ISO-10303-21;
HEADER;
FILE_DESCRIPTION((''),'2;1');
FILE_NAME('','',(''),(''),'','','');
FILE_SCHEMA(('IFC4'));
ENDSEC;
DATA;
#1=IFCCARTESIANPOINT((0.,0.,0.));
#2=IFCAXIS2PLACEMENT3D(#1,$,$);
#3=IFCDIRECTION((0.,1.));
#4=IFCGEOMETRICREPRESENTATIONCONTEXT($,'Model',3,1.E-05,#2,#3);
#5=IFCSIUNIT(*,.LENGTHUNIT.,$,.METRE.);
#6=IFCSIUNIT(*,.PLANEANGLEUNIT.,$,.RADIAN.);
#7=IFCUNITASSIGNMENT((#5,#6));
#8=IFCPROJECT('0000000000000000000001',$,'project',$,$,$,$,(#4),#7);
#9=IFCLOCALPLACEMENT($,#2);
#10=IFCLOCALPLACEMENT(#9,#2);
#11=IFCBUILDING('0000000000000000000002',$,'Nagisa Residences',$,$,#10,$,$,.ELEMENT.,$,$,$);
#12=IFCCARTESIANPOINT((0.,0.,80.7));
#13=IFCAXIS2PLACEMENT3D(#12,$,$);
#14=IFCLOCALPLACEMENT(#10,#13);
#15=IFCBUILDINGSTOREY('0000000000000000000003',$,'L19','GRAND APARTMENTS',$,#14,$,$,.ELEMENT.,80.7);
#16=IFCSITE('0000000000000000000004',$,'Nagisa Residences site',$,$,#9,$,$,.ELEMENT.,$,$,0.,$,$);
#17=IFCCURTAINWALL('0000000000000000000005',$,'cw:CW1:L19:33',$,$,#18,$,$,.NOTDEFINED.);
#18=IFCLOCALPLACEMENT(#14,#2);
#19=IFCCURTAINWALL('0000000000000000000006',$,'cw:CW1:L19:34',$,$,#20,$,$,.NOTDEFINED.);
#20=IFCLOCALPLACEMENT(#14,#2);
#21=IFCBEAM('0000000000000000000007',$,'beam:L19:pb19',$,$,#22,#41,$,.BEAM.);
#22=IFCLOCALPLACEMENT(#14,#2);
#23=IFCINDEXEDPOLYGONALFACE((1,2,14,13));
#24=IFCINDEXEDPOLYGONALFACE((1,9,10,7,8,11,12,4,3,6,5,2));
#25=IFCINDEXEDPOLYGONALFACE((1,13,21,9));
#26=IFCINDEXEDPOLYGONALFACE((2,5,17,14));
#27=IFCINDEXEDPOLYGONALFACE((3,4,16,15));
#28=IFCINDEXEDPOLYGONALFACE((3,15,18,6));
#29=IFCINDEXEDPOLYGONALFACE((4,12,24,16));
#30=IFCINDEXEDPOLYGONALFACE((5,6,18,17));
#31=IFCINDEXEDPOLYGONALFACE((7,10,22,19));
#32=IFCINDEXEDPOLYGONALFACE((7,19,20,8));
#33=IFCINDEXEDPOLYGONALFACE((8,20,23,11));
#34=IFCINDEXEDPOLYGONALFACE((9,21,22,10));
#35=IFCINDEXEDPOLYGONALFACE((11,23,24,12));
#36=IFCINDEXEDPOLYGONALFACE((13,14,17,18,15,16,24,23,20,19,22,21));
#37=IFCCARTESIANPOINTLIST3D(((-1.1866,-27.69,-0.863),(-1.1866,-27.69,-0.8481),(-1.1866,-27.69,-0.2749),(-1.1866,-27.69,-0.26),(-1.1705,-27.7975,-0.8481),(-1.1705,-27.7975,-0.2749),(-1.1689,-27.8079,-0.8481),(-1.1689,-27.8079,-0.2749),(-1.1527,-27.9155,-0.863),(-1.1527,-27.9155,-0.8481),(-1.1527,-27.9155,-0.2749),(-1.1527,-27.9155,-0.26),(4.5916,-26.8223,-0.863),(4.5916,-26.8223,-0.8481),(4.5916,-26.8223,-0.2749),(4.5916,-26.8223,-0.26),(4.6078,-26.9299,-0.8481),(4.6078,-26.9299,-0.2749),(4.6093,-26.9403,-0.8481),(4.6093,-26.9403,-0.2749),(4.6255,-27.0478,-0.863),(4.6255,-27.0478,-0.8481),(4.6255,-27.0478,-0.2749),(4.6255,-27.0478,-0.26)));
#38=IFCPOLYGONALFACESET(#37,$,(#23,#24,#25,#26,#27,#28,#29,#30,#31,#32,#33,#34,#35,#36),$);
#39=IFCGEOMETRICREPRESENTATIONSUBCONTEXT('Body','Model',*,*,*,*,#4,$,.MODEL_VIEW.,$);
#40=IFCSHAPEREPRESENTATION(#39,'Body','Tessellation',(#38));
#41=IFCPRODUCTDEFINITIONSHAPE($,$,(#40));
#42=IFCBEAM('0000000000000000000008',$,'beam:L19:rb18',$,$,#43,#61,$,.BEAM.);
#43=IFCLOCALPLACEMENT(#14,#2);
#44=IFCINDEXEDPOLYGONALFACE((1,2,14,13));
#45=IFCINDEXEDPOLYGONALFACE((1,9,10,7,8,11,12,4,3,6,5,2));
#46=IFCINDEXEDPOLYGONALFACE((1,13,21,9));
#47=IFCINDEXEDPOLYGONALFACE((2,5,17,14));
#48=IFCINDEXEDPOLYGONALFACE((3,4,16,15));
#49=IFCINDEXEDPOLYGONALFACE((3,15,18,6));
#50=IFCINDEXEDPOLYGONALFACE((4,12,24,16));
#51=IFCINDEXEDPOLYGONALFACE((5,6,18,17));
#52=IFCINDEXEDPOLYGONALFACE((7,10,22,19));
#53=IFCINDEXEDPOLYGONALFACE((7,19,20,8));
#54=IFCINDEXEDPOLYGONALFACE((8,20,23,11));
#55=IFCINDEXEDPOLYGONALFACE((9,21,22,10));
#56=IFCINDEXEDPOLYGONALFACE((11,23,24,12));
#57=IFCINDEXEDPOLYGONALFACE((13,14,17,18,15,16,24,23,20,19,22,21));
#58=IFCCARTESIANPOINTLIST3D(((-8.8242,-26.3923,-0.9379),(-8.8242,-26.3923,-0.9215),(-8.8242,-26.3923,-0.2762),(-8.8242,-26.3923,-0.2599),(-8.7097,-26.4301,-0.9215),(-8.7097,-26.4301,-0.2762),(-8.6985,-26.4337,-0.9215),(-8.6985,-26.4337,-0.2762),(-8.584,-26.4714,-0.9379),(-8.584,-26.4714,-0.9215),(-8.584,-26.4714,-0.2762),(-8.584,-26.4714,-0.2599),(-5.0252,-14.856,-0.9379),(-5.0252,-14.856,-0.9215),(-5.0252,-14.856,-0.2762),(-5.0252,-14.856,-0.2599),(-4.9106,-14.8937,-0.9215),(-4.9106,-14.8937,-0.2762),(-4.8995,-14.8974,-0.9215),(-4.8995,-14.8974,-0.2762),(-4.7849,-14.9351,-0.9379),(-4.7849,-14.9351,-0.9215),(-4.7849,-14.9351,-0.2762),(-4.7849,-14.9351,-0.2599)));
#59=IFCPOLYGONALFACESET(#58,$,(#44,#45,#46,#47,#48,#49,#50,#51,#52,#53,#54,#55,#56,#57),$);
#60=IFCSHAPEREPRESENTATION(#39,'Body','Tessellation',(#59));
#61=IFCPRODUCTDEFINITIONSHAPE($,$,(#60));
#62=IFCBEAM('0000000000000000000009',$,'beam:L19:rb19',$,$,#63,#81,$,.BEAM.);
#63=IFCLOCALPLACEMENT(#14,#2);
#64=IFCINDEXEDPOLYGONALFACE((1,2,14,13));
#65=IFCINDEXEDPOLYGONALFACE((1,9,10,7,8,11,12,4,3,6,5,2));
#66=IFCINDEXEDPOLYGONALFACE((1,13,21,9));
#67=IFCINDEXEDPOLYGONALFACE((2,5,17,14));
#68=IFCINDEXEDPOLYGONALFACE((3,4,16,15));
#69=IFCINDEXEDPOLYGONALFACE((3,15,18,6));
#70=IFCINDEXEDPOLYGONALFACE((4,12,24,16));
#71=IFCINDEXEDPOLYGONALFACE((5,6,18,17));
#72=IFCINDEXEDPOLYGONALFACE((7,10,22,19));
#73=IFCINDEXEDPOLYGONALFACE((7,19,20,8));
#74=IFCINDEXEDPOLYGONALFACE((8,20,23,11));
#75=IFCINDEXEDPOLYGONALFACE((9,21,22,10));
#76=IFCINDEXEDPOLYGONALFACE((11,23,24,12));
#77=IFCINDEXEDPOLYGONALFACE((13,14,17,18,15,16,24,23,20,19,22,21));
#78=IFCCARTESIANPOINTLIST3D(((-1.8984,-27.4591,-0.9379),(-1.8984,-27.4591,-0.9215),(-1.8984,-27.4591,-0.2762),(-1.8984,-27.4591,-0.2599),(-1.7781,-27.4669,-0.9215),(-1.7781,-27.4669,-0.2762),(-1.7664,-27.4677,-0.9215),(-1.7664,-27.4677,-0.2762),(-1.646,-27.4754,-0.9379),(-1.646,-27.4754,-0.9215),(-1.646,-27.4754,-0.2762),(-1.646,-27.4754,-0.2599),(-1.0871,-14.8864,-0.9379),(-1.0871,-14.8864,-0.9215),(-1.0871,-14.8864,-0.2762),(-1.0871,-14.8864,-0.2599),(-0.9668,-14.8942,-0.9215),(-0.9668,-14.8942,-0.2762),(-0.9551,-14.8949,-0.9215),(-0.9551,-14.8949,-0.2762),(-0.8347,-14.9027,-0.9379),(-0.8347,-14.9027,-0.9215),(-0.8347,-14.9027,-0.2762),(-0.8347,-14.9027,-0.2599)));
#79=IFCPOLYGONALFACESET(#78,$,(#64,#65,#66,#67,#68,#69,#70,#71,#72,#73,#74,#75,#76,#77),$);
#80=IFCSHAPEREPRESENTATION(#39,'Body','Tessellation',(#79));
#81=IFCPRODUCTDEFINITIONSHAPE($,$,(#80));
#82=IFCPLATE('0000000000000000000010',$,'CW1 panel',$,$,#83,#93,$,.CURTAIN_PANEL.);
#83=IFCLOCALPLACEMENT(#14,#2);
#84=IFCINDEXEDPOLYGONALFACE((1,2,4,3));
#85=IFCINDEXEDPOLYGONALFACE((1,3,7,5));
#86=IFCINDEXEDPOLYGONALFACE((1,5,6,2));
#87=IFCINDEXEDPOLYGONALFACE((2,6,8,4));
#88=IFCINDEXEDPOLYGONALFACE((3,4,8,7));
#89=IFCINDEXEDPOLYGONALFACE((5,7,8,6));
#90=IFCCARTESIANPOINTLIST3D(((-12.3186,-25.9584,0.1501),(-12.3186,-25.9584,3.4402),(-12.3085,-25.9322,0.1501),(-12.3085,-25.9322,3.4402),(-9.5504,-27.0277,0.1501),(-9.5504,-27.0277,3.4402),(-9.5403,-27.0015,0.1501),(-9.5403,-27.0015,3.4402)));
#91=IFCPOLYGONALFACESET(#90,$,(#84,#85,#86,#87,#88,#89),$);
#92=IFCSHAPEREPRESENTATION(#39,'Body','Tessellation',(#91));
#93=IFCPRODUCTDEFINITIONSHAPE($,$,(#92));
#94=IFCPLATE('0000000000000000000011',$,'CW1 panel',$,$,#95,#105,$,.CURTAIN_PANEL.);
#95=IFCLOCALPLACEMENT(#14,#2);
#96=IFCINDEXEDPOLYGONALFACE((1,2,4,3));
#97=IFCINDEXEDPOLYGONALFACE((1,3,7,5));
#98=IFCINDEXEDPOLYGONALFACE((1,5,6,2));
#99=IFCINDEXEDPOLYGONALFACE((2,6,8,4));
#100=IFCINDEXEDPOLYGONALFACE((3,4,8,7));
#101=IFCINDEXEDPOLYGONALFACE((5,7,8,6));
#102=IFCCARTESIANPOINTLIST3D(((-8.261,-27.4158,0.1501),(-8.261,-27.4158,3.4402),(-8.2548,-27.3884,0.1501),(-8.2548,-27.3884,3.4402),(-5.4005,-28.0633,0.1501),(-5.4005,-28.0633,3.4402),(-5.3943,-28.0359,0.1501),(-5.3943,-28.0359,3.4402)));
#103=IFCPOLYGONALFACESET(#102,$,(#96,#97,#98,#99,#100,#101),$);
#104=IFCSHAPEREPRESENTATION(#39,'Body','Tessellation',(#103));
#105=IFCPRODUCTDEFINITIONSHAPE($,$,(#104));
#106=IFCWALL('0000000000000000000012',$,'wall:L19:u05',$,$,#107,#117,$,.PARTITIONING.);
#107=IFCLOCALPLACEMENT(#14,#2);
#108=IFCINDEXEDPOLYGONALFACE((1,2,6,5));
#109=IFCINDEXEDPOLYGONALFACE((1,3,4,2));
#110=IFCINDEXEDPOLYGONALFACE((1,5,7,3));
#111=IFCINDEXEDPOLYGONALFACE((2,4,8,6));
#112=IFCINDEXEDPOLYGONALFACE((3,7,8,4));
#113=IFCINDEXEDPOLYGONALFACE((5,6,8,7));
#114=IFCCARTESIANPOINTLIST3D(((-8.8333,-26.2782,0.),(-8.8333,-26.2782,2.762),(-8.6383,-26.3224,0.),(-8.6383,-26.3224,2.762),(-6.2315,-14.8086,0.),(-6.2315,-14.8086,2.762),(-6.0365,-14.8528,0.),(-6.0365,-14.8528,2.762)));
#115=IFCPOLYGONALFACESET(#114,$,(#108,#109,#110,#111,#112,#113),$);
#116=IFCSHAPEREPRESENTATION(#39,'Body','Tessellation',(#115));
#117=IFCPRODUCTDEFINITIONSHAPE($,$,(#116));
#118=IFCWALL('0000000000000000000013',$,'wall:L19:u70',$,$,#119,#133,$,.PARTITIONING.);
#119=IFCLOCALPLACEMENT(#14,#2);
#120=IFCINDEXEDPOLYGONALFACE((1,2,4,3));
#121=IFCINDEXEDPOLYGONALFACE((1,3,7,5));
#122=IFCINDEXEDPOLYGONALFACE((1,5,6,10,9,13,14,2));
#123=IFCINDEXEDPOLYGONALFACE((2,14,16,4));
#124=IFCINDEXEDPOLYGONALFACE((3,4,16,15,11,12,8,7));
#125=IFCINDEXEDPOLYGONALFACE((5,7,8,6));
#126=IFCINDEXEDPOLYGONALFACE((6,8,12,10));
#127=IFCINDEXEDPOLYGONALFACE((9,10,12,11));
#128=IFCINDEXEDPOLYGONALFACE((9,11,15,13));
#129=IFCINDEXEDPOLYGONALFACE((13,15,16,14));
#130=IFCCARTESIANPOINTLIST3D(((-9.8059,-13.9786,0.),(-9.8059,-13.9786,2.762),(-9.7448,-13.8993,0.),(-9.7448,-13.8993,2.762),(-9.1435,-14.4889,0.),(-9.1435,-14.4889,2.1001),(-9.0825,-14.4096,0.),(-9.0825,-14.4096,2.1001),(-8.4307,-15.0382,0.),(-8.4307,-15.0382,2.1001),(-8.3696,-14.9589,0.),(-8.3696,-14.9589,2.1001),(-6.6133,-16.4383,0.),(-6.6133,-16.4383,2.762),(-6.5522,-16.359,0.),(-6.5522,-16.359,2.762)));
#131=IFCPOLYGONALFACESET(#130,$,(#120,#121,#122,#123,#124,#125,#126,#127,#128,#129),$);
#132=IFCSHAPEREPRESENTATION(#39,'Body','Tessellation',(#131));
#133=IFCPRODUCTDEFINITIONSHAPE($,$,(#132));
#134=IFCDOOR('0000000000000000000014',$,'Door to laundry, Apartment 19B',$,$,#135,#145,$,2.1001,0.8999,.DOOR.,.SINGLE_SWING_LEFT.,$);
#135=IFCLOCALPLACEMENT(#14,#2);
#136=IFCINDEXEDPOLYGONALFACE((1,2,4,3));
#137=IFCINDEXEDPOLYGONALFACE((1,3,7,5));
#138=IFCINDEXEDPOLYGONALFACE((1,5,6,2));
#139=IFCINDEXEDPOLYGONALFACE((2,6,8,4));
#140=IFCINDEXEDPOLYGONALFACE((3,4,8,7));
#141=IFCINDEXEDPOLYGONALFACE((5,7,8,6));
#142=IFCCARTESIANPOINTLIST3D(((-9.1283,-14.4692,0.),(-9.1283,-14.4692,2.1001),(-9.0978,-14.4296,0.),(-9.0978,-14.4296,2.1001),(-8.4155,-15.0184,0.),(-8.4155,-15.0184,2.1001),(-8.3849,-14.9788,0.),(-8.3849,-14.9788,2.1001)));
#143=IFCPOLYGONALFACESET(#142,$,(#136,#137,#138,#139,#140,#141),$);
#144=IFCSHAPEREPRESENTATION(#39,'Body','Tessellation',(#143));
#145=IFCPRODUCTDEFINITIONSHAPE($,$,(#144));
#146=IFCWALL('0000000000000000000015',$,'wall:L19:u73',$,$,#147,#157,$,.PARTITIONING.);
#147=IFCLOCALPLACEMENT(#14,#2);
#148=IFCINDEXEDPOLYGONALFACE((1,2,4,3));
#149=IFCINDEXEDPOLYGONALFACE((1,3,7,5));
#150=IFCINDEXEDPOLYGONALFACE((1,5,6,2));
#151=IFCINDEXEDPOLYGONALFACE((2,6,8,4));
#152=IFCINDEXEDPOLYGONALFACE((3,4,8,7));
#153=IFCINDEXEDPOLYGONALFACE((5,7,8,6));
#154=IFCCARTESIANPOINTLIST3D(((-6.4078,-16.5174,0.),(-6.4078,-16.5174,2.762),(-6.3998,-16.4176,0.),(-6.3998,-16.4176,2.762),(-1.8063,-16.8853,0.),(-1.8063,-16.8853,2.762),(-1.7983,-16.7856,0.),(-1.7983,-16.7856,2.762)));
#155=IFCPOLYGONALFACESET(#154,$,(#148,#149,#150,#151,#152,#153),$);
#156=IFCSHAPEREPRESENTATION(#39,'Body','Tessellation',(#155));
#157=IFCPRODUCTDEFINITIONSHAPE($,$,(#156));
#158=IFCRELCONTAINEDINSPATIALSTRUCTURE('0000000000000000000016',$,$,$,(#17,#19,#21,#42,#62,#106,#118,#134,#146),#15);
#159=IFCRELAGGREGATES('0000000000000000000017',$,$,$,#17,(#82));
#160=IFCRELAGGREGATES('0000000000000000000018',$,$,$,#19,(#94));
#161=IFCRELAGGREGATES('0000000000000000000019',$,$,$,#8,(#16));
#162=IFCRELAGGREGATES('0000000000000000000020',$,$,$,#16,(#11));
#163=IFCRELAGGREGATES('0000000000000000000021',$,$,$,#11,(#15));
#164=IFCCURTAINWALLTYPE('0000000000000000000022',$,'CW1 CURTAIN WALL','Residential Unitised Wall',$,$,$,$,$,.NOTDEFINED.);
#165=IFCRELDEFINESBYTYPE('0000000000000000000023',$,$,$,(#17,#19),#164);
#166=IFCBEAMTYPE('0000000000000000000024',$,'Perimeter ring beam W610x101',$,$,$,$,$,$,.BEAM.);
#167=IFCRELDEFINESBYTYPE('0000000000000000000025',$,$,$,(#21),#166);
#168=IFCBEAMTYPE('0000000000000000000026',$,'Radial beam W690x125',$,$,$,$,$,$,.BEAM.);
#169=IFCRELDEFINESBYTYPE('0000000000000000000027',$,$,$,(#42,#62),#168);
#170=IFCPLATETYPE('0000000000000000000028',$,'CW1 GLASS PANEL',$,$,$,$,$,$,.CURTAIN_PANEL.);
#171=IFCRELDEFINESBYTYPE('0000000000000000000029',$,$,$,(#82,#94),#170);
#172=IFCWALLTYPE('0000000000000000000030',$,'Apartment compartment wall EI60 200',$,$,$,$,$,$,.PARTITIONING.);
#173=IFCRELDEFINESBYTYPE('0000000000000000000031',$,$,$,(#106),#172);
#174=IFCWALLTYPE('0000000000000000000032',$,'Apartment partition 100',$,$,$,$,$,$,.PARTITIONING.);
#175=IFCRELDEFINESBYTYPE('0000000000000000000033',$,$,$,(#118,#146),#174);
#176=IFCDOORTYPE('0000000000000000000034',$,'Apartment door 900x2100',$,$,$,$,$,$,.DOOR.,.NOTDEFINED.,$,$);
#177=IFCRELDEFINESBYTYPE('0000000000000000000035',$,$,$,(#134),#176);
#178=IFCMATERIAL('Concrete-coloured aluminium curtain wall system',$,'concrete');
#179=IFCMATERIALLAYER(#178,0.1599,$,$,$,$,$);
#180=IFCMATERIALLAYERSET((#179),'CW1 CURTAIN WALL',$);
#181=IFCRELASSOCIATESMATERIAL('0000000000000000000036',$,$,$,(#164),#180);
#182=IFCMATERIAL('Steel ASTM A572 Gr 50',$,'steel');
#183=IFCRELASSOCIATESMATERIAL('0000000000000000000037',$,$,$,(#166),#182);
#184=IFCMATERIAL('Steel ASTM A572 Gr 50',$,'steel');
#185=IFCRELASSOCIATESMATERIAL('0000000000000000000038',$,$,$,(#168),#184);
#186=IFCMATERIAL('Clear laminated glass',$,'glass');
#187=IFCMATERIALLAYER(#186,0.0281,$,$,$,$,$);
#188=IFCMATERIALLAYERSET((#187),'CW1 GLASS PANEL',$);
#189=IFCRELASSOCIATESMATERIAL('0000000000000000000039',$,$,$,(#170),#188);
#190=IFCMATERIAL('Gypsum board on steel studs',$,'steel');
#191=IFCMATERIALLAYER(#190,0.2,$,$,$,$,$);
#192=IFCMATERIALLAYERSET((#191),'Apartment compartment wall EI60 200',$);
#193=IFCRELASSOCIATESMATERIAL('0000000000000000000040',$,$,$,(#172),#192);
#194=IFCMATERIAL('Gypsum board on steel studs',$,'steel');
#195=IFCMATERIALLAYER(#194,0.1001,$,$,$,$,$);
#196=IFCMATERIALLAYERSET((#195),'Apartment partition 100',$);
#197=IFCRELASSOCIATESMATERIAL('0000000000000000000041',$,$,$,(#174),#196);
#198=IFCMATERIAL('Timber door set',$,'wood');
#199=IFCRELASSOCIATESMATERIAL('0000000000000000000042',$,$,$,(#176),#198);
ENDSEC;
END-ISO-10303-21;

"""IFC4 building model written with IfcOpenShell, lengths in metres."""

from ifc_helpers import new_model, si_unit, direction, frame, frame_2d, origin, origin_2d, place, context, subcontext, project, spatial, rectangle, i_section, extrude, material, layer, layer_set, material_profile, profile_set, type_object, element, fill, aggregate, save


model = new_model("IFC4")

# Units and contexts
model_context = context("Model", 3, precision=1e-05, world=origin(), true_north=direction((0.0, 1.0)))
body_context = subcontext(model_context, "Body", "Model", "MODEL_VIEW")
ifc_project = project(units=[si_unit("LENGTHUNIT", "METRE"), si_unit("PLANEANGLEUNIT", "RADIAN")], contexts=[model_context])

# Site, building, storey
site_placement = place(None, origin())
site = spatial("IfcSite", under=ifc_project, at=site_placement, Name="Nagisa Residences site", CompositionType="ELEMENT", RefElevation=0.0)
building_placement = place(site_placement, origin())
building = spatial("IfcBuilding", under=site, at=building_placement, Name="Nagisa Residences", CompositionType="ELEMENT")
storey_placement = place(building_placement, frame((0.0, 0.0, 80.7)))
storey = spatial("IfcBuildingStorey", under=building, at=storey_placement, Name="L19", Description="GRAND APARTMENTS", CompositionType="ELEMENT", Elevation=80.7)

# Curtain walls
ifc_material_1 = material(Name="Concrete-coloured aluminium curtain wall system", Category="concrete")
ifc_layer_1 = layer(ifc_material_1, 0.1599)
ifc_layer_set_1 = layer_set([ifc_layer_1], Name="CW1 CURTAIN WALL")
curtain_wall_type = type_object("IfcCurtainWallType", Name="CW1 CURTAIN WALL", Description="Residential Unitised Wall", PredefinedType="NOTDEFINED", material=ifc_layer_set_1)
curtain_wall_1_placement = place(storey_placement, origin())
curtain_wall_1 = element("IfcCurtainWall", 1, at=curtain_wall_1_placement, inside=storey, type_object=curtain_wall_type, Name="cw:CW1:L19:33", PredefinedType="NOTDEFINED")
curtain_wall_2_placement = place(storey_placement, origin())
curtain_wall_2 = element("IfcCurtainWall", 2, at=curtain_wall_2_placement, inside=storey, type_object=curtain_wall_type, Name="cw:CW1:L19:34", PredefinedType="NOTDEFINED")

# Beams
ifc_material_2 = material(Name="Steel ASTM A572 Gr 50", Category="steel")
ifc_material_profile_1 = material_profile(ifc_material_2, i_section(OverallWidth=0.228, OverallDepth=0.603, WebThickness=0.0105, FlangeThickness=0.0149, at=origin_2d()), Name="W610x101")
ifc_profile_set_1 = profile_set([ifc_material_profile_1], Name="Steel ASTM A572 Gr 50")
beam_type_1 = type_object("IfcBeamType", Name="Perimeter ring beam W610x101", PredefinedType="BEAM", material=ifc_profile_set_1)
for number, where, z_axis, x_axis, name in (
    (3, (-1.1697, -27.8027, -0.5615), (0.988913, 0.148496, 0.0), (-0.148496, 0.988913, 0.0), "beam:L19:pb19"),
):
    element("IfcBeam", number, at=place(storey_placement, frame(where, z_axis=z_axis, x_axis=x_axis)), inside=storey, type_object=beam_type_1, Name=name, PredefinedType="BEAM", context=body_context, shape_type="SweptSolid", body=[
        extrude(i_section(OverallWidth=0.228, OverallDepth=0.603, WebThickness=0.0105, FlangeThickness=0.0149, at=origin_2d()), origin(), (0.0, 0.0, 1.0), 5.843),
    ])
ifc_material_3 = material(Name="Steel ASTM A572 Gr 50", Category="steel")
ifc_material_profile_2 = material_profile(ifc_material_3, i_section(OverallWidth=0.2529, OverallDepth=0.678, WebThickness=0.0117, FlangeThickness=0.0164, at=origin_2d()), Name="W690x125")
ifc_profile_set_2 = profile_set([ifc_material_profile_2], Name="Steel ASTM A572 Gr 50")
beam_type_2 = type_object("IfcBeamType", Name="Radial beam W690x125", PredefinedType="BEAM", material=ifc_profile_set_2)
beam_1_placement = place(storey_placement, frame((-8.7041, -26.4319, -0.5989), z_axis=(0.312788, 0.949823, 0.0), x_axis=(-0.949823, 0.312788, 0.0)))
element("IfcBeam", 4, at=beam_1_placement, inside=storey, type_object=beam_type_2, Name="beam:L19:rb18", PredefinedType="BEAM", context=body_context, shape_type="SweptSolid", body=[
    extrude(i_section(OverallWidth=0.2529, OverallDepth=0.678, WebThickness=0.0117, FlangeThickness=0.0164, at=origin_2d()), origin(), (0.0, 0.0, 1.0), 12.1458),
])
beam_2_placement = place(storey_placement, frame((-1.7722, -27.4673, -0.5989), z_axis=(0.064393, 0.997925, 0.0), x_axis=(-0.997925, 0.064393, 0.0)))
element("IfcBeam", 5, at=beam_2_placement, inside=storey, type_object=beam_type_2, Name="beam:L19:rb19", PredefinedType="BEAM", context=body_context, shape_type="SweptSolid", body=[
    extrude(i_section(OverallWidth=0.2529, OverallDepth=0.678, WebThickness=0.0117, FlangeThickness=0.0164, at=origin_2d()), origin(), (0.0, 0.0, 1.0), 12.5989),
])

# Plates
ifc_material_4 = material(Name="Clear laminated glass", Category="glass")
ifc_layer_2 = layer(ifc_material_4, 0.0281)
ifc_layer_set_2 = layer_set([ifc_layer_2], Name="CW1 GLASS PANEL")
plate_type = type_object("IfcPlateType", Name="CW1 GLASS PANEL", PredefinedType="CURTAIN_PANEL", material=ifc_layer_set_2)
plate_1_placement = place(storey_placement, frame((-10.9294, -26.48, 0.1501), z_axis=(0.0, 0.0, 1.0), x_axis=(0.932826, -0.360328, 0.0)))
plate_1 = element("IfcPlate", 6, at=plate_1_placement, type_object=plate_type, Name="CW1 panel", PredefinedType="CURTAIN_PANEL", context=body_context, shape_type="SweptSolid", body=[
    extrude(rectangle(XDim=2.9675, YDim=0.0281, at=origin_2d()), origin(), (0.0, 0.0, 1.0), 3.29),
])
aggregate(curtain_wall_1, [plate_1])
plate_2_placement = place(storey_placement, frame((-6.8276, -27.7258, 0.1501), z_axis=(0.0, 0.0, 1.0), x_axis=(0.975327, -0.220764, 0.0)))
plate_2 = element("IfcPlate", 7, at=plate_2_placement, type_object=plate_type, Name="CW1 panel", PredefinedType="CURTAIN_PANEL", context=body_context, shape_type="SweptSolid", body=[
    extrude(rectangle(XDim=2.9329, YDim=0.0281, at=origin_2d()), origin(), (0.0, 0.0, 1.0), 3.29),
])
aggregate(curtain_wall_2, [plate_2])

# Wall
ifc_material_5 = material(Name="Gypsum board on steel studs", Category="steel")
ifc_layer_3 = layer(ifc_material_5, 0.2)
ifc_layer_set_3 = layer_set([ifc_layer_3], Name="Apartment compartment wall EI60 200")
wall_type_1 = type_object("IfcWallType", Name="Apartment compartment wall EI60 200", PredefinedType="PARTITIONING", material=ifc_layer_set_3)
wall_1_placement = place(storey_placement, frame((-6.134, -14.8308, 0.0), z_axis=(0.0, 0.0, 1.0), x_axis=(-0.221225, -0.975223, 0.0)))
element("IfcWall", 8, at=wall_1_placement, inside=storey, type_object=wall_type_1, Name="wall:L19:u05", PredefinedType="PARTITIONING", context=body_context, shape_type="SweptSolid", body=[
    extrude(rectangle(XDim=11.761, YDim=0.2, at=frame_2d((5.8804, 0.0))), origin(), (0.0, 0.0, 1.0), 2.762),
])

# Wall, opening, door
ifc_material_6 = material(Name="Gypsum board on steel studs", Category="steel")
ifc_layer_4 = layer(ifc_material_6, 0.1001)
ifc_layer_set_4 = layer_set([ifc_layer_4], Name="Apartment partition 100")
wall_type_2 = type_object("IfcWallType", Name="Apartment partition 100", PredefinedType="PARTITIONING", material=ifc_layer_set_4)
wall_2_placement = place(storey_placement, frame((-9.7754, -13.939, 0.0), z_axis=(0.0, 0.0, 1.0), x_axis=(0.792162, -0.610311, 0.0)))
wall_2 = element("IfcWall", 9, at=wall_2_placement, inside=storey, type_object=wall_type_2, Name="wall:L19:u70", PredefinedType="PARTITIONING", context=body_context, shape_type="SweptSolid", body=[
    extrude(rectangle(XDim=4.0303, YDim=0.1001, at=frame_2d((2.0151, 0.0))), origin(), (0.0, 0.0, 1.0), 2.762),
])
opening_1_placement = place(wall_2_placement, frame((0.8362, 0.0, 0.0)))
opening_1 = element("IfcOpeningElement", 10, at=opening_1_placement, cuts=wall_2, PredefinedType="OPENING", context=body_context, shape_type="SweptSolid", body=[
    extrude(rectangle(XDim=0.8999, YDim=2.1001, at=frame_2d((0.45, 1.05))), frame((0.0, 0.0601, 0.0), z_axis=(0.0, -1.0, 0.0), x_axis=(1.0, 0.0, 0.0)), (0.0, 0.0, 1.0), 0.1201),
])
ifc_material_7 = material(Name="Timber door set", Category="wood")
door_type_1 = type_object("IfcDoorType", Name="Apartment door 900x2100", OperationType="NOTDEFINED", PredefinedType="DOOR", material=ifc_material_7)
door_1_placement = place(opening_1_placement, origin())
door_1 = element("IfcDoor", 11, at=door_1_placement, inside=storey, type_object=door_type_1, Name="Door to laundry, Apartment 19B", OperationType="SINGLE_SWING_LEFT", OverallHeight=2.1001, OverallWidth=0.8999, PredefinedType="DOOR", context=body_context, shape_type="SweptSolid", body=[
    extrude(rectangle(XDim=0.8999, YDim=2.1001, at=frame_2d((0.45, 1.05))), frame((0.0, 0.0249, 0.0), z_axis=(0.0, -1.0, 0.0), x_axis=(1.0, 0.0, 0.0)), (0.0, 0.0, 1.0), 0.05),
])
fill(opening_1, door_1)

# Wall
wall_3_placement = place(storey_placement, frame((-6.4038, -16.4675, 0.0), z_axis=(0.0, 0.0, 1.0), x_axis=(0.996819, -0.079701, 0.0)))
element("IfcWall", 12, at=wall_3_placement, inside=storey, type_object=wall_type_2, Name="wall:L19:u73", PredefinedType="PARTITIONING", context=body_context, shape_type="SweptSolid", body=[
    extrude(rectangle(XDim=4.6162, YDim=0.1001, at=frame_2d((2.3081, 0.0))), origin(), (0.0, 0.0, 1.0), 2.762),
])

save(model, "model.ifc")
